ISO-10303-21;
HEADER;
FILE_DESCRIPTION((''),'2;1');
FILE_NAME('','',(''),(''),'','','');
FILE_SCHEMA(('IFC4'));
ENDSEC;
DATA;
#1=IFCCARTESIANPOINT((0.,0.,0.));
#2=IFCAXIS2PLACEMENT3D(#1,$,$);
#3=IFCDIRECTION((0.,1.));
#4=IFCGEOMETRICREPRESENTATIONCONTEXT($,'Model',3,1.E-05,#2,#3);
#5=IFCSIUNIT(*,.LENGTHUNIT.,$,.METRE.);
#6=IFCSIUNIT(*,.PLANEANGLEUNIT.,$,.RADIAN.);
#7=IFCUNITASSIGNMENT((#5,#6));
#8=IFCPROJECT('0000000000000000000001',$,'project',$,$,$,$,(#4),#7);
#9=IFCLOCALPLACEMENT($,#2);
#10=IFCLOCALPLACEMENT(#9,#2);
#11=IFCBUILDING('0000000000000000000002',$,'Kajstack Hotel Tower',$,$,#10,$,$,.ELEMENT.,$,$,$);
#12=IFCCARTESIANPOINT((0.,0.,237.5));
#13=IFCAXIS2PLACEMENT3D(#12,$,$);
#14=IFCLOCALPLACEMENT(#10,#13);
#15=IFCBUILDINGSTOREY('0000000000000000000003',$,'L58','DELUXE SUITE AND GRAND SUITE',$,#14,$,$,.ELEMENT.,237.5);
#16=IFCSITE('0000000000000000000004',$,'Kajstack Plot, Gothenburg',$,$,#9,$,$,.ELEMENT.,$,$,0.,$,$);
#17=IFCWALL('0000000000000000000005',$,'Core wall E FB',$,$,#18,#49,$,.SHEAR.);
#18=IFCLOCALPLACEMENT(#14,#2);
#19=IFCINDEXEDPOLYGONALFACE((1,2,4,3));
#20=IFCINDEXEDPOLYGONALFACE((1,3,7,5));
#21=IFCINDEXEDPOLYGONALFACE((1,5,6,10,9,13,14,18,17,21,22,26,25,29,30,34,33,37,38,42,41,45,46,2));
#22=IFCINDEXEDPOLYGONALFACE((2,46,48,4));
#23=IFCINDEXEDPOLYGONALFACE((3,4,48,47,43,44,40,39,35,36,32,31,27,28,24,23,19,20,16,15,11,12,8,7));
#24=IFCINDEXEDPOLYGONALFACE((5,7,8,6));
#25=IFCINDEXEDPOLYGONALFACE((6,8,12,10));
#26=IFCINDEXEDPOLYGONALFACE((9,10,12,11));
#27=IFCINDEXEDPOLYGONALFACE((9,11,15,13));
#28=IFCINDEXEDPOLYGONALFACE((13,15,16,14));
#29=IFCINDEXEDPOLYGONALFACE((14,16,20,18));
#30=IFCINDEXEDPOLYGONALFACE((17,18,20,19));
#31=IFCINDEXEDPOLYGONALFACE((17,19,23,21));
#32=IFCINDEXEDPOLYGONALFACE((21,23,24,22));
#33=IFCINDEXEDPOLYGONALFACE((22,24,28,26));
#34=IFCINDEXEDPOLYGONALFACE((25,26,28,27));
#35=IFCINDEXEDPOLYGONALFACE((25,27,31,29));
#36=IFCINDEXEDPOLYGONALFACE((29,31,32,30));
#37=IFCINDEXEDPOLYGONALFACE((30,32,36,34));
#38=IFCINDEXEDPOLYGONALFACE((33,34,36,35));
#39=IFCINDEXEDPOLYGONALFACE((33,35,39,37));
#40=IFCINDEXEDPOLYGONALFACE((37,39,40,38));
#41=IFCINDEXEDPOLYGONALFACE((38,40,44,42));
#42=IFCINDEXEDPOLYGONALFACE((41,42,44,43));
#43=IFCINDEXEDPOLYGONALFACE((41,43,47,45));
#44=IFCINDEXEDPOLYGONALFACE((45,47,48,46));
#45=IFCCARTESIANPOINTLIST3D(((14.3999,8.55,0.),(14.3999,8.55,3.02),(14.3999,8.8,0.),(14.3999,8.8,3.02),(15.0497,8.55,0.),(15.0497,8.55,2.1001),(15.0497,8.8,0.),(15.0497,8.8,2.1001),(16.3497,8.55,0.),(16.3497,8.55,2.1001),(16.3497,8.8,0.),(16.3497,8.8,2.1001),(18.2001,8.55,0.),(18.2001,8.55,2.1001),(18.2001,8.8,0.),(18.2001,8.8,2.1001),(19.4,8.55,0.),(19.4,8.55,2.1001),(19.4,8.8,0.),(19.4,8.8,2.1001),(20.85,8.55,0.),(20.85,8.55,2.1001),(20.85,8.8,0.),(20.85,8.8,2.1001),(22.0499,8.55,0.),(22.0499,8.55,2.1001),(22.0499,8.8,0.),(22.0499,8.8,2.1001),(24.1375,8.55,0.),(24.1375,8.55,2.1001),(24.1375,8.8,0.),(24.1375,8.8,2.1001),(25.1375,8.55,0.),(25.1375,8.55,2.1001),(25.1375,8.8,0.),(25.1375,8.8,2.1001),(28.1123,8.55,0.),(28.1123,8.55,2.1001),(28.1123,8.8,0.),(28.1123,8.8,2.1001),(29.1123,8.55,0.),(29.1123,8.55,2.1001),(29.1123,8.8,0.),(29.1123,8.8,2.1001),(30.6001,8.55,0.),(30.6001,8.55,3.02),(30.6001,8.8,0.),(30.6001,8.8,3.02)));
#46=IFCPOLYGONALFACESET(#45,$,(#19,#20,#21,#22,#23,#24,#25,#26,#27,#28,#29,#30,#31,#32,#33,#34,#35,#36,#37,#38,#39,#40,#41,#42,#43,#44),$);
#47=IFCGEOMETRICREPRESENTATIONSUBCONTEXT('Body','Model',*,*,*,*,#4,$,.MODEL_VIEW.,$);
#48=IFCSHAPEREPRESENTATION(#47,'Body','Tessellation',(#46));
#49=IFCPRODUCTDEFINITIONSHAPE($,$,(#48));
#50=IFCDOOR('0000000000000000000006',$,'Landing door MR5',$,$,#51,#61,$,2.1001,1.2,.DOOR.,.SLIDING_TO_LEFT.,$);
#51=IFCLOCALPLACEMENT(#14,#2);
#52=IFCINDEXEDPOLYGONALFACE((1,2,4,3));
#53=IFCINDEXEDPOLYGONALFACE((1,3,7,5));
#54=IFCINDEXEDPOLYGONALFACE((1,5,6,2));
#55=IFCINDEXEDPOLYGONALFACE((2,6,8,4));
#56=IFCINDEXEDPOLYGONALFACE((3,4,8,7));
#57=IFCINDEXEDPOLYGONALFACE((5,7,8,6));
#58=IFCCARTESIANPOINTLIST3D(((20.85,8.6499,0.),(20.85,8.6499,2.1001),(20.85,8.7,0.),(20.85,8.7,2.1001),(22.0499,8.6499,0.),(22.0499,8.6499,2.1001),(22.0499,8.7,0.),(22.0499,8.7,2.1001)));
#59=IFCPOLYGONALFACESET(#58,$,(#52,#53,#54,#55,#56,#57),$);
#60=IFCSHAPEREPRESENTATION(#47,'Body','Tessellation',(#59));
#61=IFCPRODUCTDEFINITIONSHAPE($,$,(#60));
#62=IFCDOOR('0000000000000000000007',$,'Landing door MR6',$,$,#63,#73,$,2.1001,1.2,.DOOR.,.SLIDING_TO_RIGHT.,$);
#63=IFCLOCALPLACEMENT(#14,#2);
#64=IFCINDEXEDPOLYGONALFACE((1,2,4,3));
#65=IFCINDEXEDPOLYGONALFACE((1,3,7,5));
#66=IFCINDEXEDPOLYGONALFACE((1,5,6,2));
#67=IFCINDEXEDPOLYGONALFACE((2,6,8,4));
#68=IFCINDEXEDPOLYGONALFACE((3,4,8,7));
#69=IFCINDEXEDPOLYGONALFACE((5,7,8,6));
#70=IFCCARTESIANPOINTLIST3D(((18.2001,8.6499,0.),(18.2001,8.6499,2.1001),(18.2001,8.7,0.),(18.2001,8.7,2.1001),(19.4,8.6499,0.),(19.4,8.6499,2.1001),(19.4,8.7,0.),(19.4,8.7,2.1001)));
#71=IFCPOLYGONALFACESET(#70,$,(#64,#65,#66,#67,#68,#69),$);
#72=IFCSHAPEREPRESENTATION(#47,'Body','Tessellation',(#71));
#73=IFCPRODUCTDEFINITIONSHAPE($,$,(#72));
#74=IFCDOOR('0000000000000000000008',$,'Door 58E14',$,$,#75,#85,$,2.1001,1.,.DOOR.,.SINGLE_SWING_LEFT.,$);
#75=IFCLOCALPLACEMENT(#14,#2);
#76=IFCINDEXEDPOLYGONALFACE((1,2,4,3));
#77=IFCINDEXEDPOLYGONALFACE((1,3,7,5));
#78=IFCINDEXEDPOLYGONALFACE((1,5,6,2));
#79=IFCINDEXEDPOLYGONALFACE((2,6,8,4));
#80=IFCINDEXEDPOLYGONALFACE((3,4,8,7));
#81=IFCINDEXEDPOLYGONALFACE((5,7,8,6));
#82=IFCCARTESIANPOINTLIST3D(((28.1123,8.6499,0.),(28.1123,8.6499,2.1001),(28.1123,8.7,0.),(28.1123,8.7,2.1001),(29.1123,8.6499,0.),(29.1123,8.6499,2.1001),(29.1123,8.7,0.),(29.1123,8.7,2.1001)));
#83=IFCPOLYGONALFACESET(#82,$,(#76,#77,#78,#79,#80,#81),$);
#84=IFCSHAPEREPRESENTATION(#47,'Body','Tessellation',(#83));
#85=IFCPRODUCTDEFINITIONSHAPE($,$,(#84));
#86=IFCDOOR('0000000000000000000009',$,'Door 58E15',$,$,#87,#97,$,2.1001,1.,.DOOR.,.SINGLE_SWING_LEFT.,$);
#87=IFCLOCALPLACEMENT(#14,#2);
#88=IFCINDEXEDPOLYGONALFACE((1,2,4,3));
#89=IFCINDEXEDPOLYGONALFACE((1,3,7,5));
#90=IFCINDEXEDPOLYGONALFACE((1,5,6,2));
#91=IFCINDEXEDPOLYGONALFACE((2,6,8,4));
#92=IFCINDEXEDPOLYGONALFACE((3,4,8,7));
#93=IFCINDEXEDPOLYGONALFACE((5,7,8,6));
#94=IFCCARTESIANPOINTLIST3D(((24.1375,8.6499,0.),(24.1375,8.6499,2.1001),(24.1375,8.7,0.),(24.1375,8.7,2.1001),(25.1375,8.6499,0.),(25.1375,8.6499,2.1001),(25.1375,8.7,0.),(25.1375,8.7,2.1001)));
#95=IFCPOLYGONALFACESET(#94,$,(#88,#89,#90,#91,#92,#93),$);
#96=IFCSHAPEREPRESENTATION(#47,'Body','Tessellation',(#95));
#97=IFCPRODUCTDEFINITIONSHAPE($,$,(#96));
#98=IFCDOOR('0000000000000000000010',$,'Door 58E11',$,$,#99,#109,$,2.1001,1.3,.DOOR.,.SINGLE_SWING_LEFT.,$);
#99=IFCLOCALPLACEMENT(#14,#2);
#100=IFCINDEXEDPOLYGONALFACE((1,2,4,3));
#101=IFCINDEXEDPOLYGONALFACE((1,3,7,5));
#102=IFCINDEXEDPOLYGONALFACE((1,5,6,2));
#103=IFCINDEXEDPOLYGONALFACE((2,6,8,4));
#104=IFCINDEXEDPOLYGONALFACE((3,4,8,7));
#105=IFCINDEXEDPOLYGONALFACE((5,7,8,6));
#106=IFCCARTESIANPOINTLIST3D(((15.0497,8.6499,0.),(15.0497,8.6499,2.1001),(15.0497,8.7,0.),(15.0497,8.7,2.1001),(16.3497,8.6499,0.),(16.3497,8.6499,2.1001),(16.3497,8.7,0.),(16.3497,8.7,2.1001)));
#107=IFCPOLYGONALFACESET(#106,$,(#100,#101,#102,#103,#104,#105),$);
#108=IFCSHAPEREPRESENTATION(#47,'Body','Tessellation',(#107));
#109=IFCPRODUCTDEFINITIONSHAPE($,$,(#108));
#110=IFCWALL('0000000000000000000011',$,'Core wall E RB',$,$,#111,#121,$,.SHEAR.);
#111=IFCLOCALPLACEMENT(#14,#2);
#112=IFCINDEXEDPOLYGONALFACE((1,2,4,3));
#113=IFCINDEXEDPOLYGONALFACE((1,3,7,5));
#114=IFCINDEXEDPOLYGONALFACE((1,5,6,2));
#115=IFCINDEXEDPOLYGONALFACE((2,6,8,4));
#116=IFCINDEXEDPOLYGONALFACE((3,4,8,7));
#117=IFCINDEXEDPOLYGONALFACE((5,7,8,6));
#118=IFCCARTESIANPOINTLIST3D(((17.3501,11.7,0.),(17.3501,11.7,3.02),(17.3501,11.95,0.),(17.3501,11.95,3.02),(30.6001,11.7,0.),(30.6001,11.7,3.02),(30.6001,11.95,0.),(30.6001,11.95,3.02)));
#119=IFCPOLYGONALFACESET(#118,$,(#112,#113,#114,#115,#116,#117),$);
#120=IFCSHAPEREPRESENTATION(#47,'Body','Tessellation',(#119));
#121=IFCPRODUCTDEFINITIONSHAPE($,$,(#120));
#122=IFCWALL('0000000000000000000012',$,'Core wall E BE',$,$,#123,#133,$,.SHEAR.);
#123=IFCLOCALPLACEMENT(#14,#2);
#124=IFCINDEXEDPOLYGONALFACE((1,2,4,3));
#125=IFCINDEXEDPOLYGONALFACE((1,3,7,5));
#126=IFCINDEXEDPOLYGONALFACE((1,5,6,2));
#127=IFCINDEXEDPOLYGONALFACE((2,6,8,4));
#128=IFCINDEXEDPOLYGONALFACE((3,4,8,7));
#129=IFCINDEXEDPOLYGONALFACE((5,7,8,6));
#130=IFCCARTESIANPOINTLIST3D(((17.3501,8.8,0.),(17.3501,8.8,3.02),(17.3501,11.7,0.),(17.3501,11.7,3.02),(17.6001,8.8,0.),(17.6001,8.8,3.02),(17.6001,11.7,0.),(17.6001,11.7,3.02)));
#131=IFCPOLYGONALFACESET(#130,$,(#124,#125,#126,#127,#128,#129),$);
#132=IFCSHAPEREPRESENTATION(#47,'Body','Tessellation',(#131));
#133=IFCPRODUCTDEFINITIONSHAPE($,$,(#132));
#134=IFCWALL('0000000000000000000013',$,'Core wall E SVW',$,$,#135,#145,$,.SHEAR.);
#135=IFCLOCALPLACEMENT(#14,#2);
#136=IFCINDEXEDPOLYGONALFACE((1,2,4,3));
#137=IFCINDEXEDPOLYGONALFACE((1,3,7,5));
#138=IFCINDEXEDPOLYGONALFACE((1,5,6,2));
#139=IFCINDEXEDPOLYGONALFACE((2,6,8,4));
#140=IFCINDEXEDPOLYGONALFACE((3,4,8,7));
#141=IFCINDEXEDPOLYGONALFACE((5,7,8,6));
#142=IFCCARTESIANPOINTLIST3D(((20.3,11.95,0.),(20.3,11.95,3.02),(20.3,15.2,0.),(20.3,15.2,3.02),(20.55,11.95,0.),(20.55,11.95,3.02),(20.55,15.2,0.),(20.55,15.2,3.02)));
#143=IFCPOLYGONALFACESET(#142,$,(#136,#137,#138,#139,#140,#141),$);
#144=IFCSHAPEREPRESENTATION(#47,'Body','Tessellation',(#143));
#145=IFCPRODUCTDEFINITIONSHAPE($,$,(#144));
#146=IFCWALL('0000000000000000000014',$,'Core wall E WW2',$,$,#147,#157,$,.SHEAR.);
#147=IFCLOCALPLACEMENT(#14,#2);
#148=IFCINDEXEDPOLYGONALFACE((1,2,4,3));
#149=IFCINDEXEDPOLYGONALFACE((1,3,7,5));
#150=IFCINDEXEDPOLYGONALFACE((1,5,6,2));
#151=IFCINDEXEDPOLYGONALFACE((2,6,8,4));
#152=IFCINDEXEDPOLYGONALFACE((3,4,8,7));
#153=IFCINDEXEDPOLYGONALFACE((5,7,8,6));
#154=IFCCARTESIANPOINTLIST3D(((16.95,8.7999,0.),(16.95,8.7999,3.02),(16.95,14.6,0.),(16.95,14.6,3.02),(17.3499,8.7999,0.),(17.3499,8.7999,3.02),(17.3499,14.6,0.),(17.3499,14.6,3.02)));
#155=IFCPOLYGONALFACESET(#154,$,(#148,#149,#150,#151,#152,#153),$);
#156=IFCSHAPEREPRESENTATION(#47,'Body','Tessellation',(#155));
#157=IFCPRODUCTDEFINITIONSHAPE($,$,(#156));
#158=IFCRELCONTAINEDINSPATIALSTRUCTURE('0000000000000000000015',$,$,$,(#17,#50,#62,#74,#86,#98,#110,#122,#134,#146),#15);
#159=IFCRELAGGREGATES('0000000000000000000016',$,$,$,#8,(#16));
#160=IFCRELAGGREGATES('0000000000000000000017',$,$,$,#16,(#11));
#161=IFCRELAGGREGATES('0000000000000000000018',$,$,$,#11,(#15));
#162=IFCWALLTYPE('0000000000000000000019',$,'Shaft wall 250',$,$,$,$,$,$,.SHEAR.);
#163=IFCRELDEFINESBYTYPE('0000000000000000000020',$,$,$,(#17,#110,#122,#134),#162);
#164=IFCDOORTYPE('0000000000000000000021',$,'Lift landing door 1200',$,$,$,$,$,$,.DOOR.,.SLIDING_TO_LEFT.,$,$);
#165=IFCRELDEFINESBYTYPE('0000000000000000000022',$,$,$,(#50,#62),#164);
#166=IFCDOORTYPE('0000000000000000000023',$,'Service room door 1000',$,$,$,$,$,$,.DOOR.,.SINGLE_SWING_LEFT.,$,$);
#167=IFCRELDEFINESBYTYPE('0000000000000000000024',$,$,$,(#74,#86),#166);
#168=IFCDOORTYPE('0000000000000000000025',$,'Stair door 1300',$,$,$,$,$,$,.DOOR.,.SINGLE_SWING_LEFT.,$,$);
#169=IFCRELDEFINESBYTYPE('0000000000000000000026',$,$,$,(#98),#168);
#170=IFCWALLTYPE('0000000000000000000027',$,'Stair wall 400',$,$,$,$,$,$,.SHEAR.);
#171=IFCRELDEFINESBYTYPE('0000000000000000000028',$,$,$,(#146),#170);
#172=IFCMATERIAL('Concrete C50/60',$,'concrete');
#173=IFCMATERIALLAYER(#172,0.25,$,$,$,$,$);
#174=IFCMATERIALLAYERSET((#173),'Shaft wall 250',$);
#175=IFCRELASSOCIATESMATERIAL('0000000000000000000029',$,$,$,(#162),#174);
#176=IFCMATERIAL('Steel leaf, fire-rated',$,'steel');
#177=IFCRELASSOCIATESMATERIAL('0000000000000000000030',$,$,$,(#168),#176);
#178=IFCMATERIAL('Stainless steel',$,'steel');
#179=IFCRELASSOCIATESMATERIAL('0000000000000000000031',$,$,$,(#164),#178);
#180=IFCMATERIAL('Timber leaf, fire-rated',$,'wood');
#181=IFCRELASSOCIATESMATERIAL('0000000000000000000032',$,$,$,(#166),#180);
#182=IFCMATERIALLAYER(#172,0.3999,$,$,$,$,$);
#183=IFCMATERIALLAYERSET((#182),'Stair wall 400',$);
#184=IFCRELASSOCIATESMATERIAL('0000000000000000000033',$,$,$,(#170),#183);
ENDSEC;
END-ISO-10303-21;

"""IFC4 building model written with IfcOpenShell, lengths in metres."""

from ifc_helpers import new_model, si_unit, direction, frame, frame_2d, origin, place, context, subcontext, project, spatial, rectangle, extrude, material, layer, layer_set, type_object, element, fill, save


model = new_model("IFC4")

# Units and contexts
model_context = context("Model", 3, precision=1e-05, world=origin(), true_north=direction((0.0, 1.0)))
body_context = subcontext(model_context, "Body", "Model", "MODEL_VIEW")
ifc_project = project(units=[si_unit("LENGTHUNIT", "METRE"), si_unit("PLANEANGLEUNIT", "RADIAN")], contexts=[model_context])

# Site, building, storey
site_placement = place(None, origin())
site = spatial("IfcSite", under=ifc_project, at=site_placement, Name="Kajstack Plot, Gothenburg", CompositionType="ELEMENT", RefElevation=0.0)
building_placement = place(site_placement, origin())
building = spatial("IfcBuilding", under=site, at=building_placement, Name="Kajstack Hotel Tower", CompositionType="ELEMENT")
storey_placement = place(building_placement, frame((0.0, 0.0, 237.5)))
storey = spatial("IfcBuildingStorey", under=building, at=storey_placement, Name="L58", Description="DELUXE SUITE AND GRAND SUITE", CompositionType="ELEMENT", Elevation=237.5)

# Wall, openings, doors
ifc_material_1 = material(Name="Concrete C50/60", Category="concrete")
ifc_layer_1 = layer(ifc_material_1, 0.25)
ifc_layer_set_1 = layer_set([ifc_layer_1], Name="Shaft wall 250")
wall_type_1 = type_object("IfcWallType", Name="Shaft wall 250", PredefinedType="SHEAR", material=ifc_layer_set_1)
ifc_material_2 = material(Name="Timber leaf, fire-rated", Category="wood")
ifc_material_3 = material(Name="Steel leaf, fire-rated", Category="steel")
door_type_1 = type_object("IfcDoorType", Name="Stair door 1300", OperationType="SINGLE_SWING_LEFT", PredefinedType="DOOR", material=ifc_material_3)
ifc_material_4 = material(Name="Stainless steel", Category="steel")
door_type_2 = type_object("IfcDoorType", Name="Lift landing door 1200", OperationType="SLIDING_TO_LEFT", PredefinedType="DOOR", material=ifc_material_4)
wall_1_placement = place(storey_placement, frame((14.3999, 8.675, 0.0), z_axis=(0.0, 0.0, 1.0), x_axis=(1.0, 0.0, 0.0)))
wall_1 = element("IfcWall", 1, at=wall_1_placement, inside=storey, type_object=wall_type_1, Name="Core wall E FB", PredefinedType="SHEAR", context=body_context, shape_type="SweptSolid", body=[
    extrude(rectangle(XDim=16.2002, YDim=0.25, at=frame_2d((8.1001, 0.0))), origin(), (0.0, 0.0, 1.0), 3.02),
])
opening_1_placement = place(wall_1_placement, frame((6.45, 0.0, 0.0)))
opening_1 = element("IfcOpeningElement", 2, at=opening_1_placement, cuts=wall_1, PredefinedType="OPENING", context=body_context, shape_type="SweptSolid", body=[
    extrude(rectangle(XDim=1.2, YDim=2.1001, at=frame_2d((0.6001, 1.05))), frame((0.0, 0.135, 0.0), z_axis=(0.0, -1.0, 0.0), x_axis=(1.0, 0.0, 0.0)), (0.0, 0.0, 1.0), 0.27),
])
opening_2_placement = place(wall_1_placement, frame((3.8, 0.0, 0.0)))
opening_2 = element("IfcOpeningElement", 3, at=opening_2_placement, cuts=wall_1, PredefinedType="OPENING", context=body_context, shape_type="SweptSolid", body=[
    extrude(rectangle(XDim=1.2, YDim=2.1001, at=frame_2d((0.6001, 1.05))), frame((0.0, 0.135, 0.0), z_axis=(0.0, -1.0, 0.0), x_axis=(1.0, 0.0, 0.0)), (0.0, 0.0, 1.0), 0.27),
])
opening_3_placement = place(wall_1_placement, frame((0.6499, 0.0, 0.0)))
opening_3 = element("IfcOpeningElement", 4, at=opening_3_placement, cuts=wall_1, PredefinedType="OPENING", context=body_context, shape_type="SweptSolid", body=[
    extrude(rectangle(XDim=1.3, YDim=2.1001, at=frame_2d((0.6499, 1.05))), frame((0.0, 0.135, 0.0), z_axis=(0.0, -1.0, 0.0), x_axis=(1.0, 0.0, 0.0)), (0.0, 0.0, 1.0), 0.27),
])
opening_4_placement = place(wall_1_placement, frame((13.7124, 0.0, 0.0)))
opening_4 = element("IfcOpeningElement", 5, at=opening_4_placement, cuts=wall_1, PredefinedType="OPENING", context=body_context, shape_type="SweptSolid", body=[
    extrude(rectangle(XDim=1.0, YDim=2.1001, at=frame_2d((0.5, 1.05))), frame((0.0, 0.135, 0.0), z_axis=(0.0, -1.0, 0.0), x_axis=(1.0, 0.0, 0.0)), (0.0, 0.0, 1.0), 0.27),
])
opening_5_placement = place(wall_1_placement, frame((9.7375, 0.0, 0.0)))
opening_5 = element("IfcOpeningElement", 6, at=opening_5_placement, cuts=wall_1, PredefinedType="OPENING", context=body_context, shape_type="SweptSolid", body=[
    extrude(rectangle(XDim=1.0, YDim=2.1001, at=frame_2d((0.5, 1.05))), frame((0.0, 0.135, 0.0), z_axis=(0.0, -1.0, 0.0), x_axis=(1.0, 0.0, 0.0)), (0.0, 0.0, 1.0), 0.27),
])
door_1_placement = place(opening_1_placement, origin())
door_1 = element("IfcDoor", 7, at=door_1_placement, inside=storey, type_object=door_type_2, Name="Landing door MR5", OperationType="SLIDING_TO_LEFT", OverallHeight=2.1001, OverallWidth=1.2, PredefinedType="DOOR", context=body_context, shape_type="SweptSolid", body=[
    extrude(rectangle(XDim=1.2, YDim=2.1001, at=frame_2d((0.6001, 1.05))), frame((0.0, 0.0249, 0.0), z_axis=(0.0, -1.0, 0.0), x_axis=(1.0, 0.0, 0.0)), (0.0, 0.0, 1.0), 0.05),
])
fill(opening_1, door_1)
door_2_placement = place(opening_2_placement, origin())
door_2 = element("IfcDoor", 8, at=door_2_placement, inside=storey, type_object=door_type_2, Name="Landing door MR6", OperationType="SLIDING_TO_RIGHT", OverallHeight=2.1001, OverallWidth=1.2, PredefinedType="DOOR", context=body_context, shape_type="SweptSolid", body=[
    extrude(rectangle(XDim=1.2, YDim=2.1001, at=frame_2d((0.6001, 1.05))), frame((0.0, 0.0249, 0.0), z_axis=(0.0, -1.0, 0.0), x_axis=(1.0, 0.0, 0.0)), (0.0, 0.0, 1.0), 0.05),
])
fill(opening_2, door_2)
door_type_3 = type_object("IfcDoorType", Name="Service room door 1000", OperationType="SINGLE_SWING_LEFT", PredefinedType="DOOR", material=ifc_material_2)
door_3_placement = place(opening_4_placement, origin())
door_3 = element("IfcDoor", 9, at=door_3_placement, inside=storey, type_object=door_type_3, Name="Door 58E14", OperationType="SINGLE_SWING_LEFT", OverallHeight=2.1001, OverallWidth=1.0, PredefinedType="DOOR", context=body_context, shape_type="SweptSolid", body=[
    extrude(rectangle(XDim=1.0, YDim=2.1001, at=frame_2d((0.5, 1.05))), frame((0.0, 0.0249, 0.0), z_axis=(0.0, -1.0, 0.0), x_axis=(1.0, 0.0, 0.0)), (0.0, 0.0, 1.0), 0.05),
])
fill(opening_4, door_3)
door_4_placement = place(opening_5_placement, origin())
door_4 = element("IfcDoor", 10, at=door_4_placement, inside=storey, type_object=door_type_3, Name="Door 58E15", OperationType="SINGLE_SWING_LEFT", OverallHeight=2.1001, OverallWidth=1.0, PredefinedType="DOOR", context=body_context, shape_type="SweptSolid", body=[
    extrude(rectangle(XDim=1.0, YDim=2.1001, at=frame_2d((0.5, 1.05))), frame((0.0, 0.0249, 0.0), z_axis=(0.0, -1.0, 0.0), x_axis=(1.0, 0.0, 0.0)), (0.0, 0.0, 1.0), 0.05),
])
fill(opening_5, door_4)
door_5_placement = place(opening_3_placement, origin())
door_5 = element("IfcDoor", 11, at=door_5_placement, inside=storey, type_object=door_type_1, Name="Door 58E11", OperationType="SINGLE_SWING_LEFT", OverallHeight=2.1001, OverallWidth=1.3, PredefinedType="DOOR", context=body_context, shape_type="SweptSolid", body=[
    extrude(rectangle(XDim=1.3, YDim=2.1001, at=frame_2d((0.6499, 1.05))), frame((0.0, 0.0249, 0.0), z_axis=(0.0, -1.0, 0.0), x_axis=(1.0, 0.0, 0.0)), (0.0, 0.0, 1.0), 0.05),
])
fill(opening_3, door_5)

# Walls
wall_2_placement = place(storey_placement, frame((17.3501, 11.825, 0.0), z_axis=(0.0, 0.0, 1.0), x_axis=(1.0, 0.0, 0.0)))
element("IfcWall", 12, at=wall_2_placement, inside=storey, type_object=wall_type_1, Name="Core wall E RB", PredefinedType="SHEAR", context=body_context, shape_type="SweptSolid", body=[
    extrude(rectangle(XDim=13.25, YDim=0.25, at=frame_2d((6.625, 0.0))), origin(), (0.0, 0.0, 1.0), 3.02),
])
wall_3_placement = place(storey_placement, frame((17.4751, 8.8, 0.0), z_axis=(0.0, 0.0, 1.0), x_axis=(0.0, 1.0, 0.0)))
element("IfcWall", 13, at=wall_3_placement, inside=storey, type_object=wall_type_1, Name="Core wall E BE", PredefinedType="SHEAR", context=body_context, shape_type="SweptSolid", body=[
    extrude(rectangle(XDim=2.8999, YDim=0.25, at=frame_2d((1.45, 0.0))), origin(), (0.0, 0.0, 1.0), 3.02),
])
wall_4_placement = place(storey_placement, frame((20.425, 11.95, 0.0), z_axis=(0.0, 0.0, 1.0), x_axis=(0.0, 1.0, 0.0)))
element("IfcWall", 14, at=wall_4_placement, inside=storey, type_object=wall_type_1, Name="Core wall E SVW", PredefinedType="SHEAR", context=body_context, shape_type="SweptSolid", body=[
    extrude(rectangle(XDim=3.25, YDim=0.25, at=frame_2d((1.625, 0.0))), origin(), (0.0, 0.0, 1.0), 3.02),
])
ifc_layer_2 = layer(ifc_material_1, 0.3999)
ifc_layer_set_2 = layer_set([ifc_layer_2], Name="Stair wall 400")
wall_type_2 = type_object("IfcWallType", Name="Stair wall 400", PredefinedType="SHEAR", material=ifc_layer_set_2)
wall_5_placement = place(storey_placement, frame((17.1499, 8.8, 0.0), z_axis=(0.0, 0.0, 1.0), x_axis=(0.0, 1.0, 0.0)))
element("IfcWall", 15, at=wall_5_placement, inside=storey, type_object=wall_type_2, Name="Core wall E WW2", PredefinedType="SHEAR", context=body_context, shape_type="SweptSolid", body=[
    extrude(rectangle(XDim=5.8, YDim=0.3999, at=frame_2d((2.8999, 0.0))), origin(), (0.0, 0.0, 1.0), 3.02),
])

save(model, "model.ifc")
